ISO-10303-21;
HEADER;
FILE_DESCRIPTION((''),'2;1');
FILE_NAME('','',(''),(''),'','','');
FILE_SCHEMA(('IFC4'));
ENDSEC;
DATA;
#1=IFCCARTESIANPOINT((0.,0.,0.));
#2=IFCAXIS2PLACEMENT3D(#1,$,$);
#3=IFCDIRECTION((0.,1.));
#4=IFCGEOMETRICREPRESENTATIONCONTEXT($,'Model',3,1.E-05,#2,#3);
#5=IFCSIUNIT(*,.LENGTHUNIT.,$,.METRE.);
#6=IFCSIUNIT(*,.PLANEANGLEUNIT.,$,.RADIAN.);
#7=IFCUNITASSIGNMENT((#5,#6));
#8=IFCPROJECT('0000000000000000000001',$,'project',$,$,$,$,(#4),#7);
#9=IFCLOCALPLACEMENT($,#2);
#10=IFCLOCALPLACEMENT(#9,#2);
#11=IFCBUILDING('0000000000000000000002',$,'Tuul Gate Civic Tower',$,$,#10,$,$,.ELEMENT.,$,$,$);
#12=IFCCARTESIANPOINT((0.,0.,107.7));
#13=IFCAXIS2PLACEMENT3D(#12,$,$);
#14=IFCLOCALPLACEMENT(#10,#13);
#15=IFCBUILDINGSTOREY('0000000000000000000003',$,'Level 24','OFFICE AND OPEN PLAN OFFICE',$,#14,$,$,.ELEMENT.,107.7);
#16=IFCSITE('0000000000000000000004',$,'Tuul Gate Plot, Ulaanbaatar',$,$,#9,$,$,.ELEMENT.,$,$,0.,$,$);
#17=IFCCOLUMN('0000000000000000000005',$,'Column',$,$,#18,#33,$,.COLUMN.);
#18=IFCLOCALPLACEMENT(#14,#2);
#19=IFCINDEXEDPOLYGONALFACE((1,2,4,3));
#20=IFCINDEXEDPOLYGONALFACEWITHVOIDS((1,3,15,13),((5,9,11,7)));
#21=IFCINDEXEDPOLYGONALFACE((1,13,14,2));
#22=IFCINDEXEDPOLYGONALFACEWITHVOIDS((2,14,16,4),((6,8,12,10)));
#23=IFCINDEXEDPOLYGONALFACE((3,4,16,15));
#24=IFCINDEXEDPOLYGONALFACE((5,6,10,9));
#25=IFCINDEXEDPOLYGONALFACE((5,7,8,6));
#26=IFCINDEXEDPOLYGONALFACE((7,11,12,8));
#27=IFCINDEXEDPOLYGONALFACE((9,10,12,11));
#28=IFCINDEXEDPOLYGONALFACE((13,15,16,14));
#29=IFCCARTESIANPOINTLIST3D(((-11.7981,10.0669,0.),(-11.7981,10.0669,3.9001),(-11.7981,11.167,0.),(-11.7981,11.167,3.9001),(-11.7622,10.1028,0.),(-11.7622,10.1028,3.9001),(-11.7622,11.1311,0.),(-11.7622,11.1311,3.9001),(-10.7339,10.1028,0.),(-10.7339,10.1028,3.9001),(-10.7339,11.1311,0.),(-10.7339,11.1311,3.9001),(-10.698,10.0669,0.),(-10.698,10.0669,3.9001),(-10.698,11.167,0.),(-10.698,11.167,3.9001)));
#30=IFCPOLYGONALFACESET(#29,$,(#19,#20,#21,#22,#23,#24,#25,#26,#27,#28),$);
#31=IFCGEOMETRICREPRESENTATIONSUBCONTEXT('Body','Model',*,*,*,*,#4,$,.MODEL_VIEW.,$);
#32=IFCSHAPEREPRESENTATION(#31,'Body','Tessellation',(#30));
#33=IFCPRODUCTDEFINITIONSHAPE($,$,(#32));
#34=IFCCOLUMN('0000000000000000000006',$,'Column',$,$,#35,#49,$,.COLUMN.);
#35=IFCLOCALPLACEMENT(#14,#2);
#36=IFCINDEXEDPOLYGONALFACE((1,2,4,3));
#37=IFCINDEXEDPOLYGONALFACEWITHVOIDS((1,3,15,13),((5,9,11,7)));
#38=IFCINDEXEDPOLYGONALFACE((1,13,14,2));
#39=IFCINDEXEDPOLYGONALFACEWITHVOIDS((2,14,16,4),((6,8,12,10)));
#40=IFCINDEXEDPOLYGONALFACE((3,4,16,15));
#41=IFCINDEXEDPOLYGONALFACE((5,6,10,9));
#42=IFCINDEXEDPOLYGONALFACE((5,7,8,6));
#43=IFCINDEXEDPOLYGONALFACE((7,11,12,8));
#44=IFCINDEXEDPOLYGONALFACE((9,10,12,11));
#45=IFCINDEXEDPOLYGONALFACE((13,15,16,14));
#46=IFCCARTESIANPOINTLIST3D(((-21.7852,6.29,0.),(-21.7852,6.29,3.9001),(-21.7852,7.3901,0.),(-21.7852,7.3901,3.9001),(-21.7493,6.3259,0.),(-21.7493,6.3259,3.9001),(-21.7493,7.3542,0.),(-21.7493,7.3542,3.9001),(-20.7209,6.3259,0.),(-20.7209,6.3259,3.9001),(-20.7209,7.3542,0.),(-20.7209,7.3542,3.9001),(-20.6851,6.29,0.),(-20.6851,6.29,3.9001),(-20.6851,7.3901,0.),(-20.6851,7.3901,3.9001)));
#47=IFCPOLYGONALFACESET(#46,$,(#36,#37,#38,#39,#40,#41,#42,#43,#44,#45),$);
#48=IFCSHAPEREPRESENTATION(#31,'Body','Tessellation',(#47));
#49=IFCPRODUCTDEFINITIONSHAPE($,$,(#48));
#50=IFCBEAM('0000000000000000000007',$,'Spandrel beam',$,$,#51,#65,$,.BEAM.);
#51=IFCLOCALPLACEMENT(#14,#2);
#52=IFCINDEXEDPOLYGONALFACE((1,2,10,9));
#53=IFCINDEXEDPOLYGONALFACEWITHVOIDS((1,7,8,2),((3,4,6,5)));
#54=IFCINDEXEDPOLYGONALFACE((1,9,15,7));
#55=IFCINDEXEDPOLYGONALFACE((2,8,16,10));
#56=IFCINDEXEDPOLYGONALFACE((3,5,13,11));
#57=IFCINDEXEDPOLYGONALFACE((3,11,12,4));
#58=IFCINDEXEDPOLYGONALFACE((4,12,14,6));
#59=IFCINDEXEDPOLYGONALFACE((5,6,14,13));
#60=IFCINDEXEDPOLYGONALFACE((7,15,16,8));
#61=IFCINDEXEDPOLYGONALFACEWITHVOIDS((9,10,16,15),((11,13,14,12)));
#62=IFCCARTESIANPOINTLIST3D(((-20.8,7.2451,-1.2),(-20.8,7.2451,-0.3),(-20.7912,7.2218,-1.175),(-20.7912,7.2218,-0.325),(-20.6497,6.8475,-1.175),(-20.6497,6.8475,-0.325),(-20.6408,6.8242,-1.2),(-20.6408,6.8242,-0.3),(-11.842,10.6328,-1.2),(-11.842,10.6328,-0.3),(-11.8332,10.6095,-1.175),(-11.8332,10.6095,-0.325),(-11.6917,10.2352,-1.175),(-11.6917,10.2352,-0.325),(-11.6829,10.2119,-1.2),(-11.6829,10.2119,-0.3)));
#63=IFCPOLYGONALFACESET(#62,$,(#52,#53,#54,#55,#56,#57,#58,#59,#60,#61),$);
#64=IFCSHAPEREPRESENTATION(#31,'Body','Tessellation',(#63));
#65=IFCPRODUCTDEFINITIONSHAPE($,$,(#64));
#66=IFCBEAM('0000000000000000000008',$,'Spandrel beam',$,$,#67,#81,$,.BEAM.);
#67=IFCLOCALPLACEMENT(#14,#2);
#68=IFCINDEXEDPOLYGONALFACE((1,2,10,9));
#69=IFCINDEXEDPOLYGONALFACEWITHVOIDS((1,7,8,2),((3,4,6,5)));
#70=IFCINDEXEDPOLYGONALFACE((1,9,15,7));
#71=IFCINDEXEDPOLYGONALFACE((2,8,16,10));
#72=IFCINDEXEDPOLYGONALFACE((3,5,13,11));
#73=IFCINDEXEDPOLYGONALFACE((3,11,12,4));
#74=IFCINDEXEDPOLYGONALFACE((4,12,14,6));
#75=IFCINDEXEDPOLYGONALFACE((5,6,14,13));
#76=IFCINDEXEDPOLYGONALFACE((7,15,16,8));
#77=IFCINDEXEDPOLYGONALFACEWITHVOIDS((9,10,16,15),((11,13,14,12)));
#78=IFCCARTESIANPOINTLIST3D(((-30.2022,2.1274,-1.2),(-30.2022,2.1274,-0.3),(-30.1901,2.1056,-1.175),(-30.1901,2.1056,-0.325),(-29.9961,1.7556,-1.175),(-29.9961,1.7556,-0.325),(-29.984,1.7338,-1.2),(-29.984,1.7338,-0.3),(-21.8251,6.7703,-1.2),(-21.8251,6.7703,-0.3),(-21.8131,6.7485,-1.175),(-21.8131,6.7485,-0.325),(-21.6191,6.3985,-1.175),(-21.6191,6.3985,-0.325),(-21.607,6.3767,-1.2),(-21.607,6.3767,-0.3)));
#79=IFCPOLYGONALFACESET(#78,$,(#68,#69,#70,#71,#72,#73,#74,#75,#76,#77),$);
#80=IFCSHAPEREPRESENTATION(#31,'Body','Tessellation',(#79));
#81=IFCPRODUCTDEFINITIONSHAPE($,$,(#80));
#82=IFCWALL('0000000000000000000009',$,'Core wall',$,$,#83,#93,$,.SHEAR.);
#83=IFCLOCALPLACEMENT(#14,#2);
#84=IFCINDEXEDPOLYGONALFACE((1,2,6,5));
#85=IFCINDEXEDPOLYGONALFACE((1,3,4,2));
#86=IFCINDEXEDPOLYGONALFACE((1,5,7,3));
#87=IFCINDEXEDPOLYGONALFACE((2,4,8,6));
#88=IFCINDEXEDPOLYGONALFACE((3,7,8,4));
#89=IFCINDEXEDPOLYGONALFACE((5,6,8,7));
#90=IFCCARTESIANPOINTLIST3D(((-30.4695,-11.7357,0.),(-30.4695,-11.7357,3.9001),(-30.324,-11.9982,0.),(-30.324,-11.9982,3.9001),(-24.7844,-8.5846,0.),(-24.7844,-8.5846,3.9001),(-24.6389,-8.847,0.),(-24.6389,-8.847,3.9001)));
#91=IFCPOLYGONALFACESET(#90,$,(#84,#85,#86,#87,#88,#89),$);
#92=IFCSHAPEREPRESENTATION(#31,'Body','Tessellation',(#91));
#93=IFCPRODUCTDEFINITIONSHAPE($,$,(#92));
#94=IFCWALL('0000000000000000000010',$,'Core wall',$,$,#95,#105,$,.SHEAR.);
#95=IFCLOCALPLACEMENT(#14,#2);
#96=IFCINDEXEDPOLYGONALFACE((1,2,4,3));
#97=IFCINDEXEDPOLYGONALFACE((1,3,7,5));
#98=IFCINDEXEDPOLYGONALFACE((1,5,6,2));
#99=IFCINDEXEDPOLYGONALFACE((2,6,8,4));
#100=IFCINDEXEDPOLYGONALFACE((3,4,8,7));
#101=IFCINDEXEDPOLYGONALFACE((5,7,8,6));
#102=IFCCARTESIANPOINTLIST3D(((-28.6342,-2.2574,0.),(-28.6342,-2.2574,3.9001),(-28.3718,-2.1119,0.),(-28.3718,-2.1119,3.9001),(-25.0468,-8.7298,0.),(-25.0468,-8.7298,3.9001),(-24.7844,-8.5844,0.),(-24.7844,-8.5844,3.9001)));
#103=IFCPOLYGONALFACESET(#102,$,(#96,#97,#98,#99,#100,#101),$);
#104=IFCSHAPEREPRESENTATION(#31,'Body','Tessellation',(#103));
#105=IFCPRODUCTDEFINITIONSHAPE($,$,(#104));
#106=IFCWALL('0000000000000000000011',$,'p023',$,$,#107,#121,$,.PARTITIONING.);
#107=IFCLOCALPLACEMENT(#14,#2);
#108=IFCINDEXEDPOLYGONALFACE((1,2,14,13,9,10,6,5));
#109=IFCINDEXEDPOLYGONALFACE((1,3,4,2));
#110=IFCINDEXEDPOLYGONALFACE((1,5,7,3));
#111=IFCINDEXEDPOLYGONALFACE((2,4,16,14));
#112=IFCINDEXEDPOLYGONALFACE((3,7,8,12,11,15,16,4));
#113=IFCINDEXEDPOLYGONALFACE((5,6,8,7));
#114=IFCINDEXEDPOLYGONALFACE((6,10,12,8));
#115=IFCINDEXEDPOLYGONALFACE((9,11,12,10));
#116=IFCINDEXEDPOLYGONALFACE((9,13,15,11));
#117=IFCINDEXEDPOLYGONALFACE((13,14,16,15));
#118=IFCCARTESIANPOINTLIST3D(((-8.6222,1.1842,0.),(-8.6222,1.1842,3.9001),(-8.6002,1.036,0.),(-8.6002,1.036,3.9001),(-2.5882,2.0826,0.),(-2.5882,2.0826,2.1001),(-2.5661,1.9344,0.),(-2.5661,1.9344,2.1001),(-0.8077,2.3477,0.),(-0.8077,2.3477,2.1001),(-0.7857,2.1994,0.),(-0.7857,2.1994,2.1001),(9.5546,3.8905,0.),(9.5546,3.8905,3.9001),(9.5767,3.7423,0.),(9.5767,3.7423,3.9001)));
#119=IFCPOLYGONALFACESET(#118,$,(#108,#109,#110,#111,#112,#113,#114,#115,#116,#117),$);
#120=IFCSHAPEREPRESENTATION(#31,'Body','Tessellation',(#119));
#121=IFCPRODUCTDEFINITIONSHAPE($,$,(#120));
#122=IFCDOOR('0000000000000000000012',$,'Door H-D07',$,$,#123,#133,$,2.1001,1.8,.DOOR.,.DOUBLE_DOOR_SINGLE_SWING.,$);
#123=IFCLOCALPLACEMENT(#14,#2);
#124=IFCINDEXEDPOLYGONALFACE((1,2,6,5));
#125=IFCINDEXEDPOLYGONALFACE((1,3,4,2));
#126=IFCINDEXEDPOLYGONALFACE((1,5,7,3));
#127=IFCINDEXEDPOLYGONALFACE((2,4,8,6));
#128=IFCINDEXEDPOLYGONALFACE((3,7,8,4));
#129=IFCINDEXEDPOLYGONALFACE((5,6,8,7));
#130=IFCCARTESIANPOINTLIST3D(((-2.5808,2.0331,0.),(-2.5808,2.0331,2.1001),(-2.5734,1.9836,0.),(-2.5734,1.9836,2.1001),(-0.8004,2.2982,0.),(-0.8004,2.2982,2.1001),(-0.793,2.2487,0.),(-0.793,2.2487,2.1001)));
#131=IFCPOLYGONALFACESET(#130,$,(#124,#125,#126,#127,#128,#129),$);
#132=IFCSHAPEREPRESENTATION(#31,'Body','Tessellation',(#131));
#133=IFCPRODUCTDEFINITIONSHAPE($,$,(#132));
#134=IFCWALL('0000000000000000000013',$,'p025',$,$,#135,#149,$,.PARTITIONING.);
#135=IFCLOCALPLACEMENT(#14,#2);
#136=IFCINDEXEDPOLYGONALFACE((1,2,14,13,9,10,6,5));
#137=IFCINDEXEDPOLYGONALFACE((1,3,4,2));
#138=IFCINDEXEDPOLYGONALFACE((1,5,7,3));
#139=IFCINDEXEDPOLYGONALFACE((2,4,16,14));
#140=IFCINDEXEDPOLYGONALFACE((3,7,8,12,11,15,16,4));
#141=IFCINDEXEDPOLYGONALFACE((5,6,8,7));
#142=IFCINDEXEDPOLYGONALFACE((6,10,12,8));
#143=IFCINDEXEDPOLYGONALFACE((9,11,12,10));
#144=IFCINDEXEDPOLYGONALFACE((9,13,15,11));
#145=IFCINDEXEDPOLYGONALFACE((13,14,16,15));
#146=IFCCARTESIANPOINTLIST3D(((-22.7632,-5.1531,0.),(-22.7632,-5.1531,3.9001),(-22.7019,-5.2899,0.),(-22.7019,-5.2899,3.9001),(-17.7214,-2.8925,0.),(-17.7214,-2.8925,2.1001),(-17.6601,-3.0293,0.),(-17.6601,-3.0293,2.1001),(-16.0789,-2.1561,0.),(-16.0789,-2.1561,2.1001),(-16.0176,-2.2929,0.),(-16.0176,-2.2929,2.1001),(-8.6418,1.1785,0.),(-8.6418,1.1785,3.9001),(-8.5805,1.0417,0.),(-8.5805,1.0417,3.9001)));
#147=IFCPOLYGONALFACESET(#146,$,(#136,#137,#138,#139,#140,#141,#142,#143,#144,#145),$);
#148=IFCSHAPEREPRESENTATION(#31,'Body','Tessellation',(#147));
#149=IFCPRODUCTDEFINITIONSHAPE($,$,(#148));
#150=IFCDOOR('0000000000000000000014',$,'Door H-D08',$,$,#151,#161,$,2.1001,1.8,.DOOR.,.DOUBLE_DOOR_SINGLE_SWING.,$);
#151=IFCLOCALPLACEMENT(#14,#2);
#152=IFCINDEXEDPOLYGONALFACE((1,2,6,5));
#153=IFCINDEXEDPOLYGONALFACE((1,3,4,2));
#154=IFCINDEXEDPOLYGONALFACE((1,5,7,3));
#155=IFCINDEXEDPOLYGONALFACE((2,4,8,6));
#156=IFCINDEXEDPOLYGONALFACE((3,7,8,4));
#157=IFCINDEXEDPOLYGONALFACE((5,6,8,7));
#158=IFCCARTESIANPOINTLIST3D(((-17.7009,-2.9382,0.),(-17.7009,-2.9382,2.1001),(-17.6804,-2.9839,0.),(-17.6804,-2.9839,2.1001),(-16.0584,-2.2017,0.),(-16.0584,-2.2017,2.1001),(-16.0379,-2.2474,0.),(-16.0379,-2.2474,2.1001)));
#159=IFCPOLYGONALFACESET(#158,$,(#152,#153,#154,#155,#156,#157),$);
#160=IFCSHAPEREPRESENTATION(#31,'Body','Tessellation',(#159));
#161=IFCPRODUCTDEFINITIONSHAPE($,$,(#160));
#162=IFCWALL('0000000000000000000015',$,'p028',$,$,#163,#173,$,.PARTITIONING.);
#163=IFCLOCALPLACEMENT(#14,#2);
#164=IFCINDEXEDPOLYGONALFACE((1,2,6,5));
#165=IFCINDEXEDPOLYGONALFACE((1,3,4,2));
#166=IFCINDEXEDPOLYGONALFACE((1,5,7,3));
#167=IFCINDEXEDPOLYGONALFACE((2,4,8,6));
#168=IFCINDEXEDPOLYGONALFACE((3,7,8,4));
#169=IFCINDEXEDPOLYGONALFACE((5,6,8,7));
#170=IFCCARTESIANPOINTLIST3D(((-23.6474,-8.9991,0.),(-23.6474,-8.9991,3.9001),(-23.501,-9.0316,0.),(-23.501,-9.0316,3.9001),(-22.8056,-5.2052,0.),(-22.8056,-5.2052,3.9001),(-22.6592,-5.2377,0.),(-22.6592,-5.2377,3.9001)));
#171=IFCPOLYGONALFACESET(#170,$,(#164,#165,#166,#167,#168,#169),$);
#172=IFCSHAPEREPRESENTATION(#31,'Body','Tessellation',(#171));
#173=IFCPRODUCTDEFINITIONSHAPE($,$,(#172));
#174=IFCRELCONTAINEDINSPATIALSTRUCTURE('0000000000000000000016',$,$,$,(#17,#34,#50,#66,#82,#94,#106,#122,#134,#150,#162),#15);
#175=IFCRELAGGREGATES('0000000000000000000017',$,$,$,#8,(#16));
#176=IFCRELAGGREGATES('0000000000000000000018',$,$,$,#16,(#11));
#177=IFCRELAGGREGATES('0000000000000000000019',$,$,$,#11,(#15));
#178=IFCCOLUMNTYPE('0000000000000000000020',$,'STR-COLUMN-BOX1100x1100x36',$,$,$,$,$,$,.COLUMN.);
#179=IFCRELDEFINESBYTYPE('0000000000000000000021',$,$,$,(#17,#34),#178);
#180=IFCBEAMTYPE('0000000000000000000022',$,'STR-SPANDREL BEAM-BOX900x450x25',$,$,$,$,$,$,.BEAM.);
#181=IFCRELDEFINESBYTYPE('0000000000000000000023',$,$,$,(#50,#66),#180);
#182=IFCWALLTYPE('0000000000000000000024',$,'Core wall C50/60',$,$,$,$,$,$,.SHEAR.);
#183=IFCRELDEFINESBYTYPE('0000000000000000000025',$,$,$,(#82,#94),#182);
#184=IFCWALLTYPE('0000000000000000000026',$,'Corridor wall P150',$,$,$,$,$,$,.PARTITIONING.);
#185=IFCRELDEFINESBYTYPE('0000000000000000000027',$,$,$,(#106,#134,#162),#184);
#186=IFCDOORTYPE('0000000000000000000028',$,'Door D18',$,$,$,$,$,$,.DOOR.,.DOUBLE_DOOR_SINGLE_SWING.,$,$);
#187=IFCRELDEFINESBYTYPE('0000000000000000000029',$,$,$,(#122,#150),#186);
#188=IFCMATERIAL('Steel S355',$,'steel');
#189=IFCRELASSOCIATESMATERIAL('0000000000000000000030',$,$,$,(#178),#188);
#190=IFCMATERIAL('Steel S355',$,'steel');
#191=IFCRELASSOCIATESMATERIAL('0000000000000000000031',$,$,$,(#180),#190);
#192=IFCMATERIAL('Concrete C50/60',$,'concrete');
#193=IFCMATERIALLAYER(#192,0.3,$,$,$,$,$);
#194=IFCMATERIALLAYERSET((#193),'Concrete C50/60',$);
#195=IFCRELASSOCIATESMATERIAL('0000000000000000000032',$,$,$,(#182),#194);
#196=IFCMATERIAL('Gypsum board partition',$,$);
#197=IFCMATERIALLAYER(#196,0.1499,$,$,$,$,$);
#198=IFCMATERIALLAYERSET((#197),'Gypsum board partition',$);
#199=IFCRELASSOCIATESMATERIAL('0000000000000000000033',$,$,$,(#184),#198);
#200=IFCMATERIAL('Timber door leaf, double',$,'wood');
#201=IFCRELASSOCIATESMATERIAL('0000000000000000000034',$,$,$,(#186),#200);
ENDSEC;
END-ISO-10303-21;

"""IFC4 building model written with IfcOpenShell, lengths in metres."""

from ifc_helpers import new_model, si_unit, direction, frame, frame_2d, origin, origin_2d, place, context, subcontext, project, spatial, rectangle, hollow_rectangle, extrude, material, layer, layer_set, material_profile, profile_set, type_object, element, fill, save


model = new_model("IFC4")

# Units and contexts
model_context = context("Model", 3, precision=1e-05, world=origin(), true_north=direction((0.0, 1.0)))
body_context = subcontext(model_context, "Body", "Model", "MODEL_VIEW")
ifc_project = project(units=[si_unit("LENGTHUNIT", "METRE"), si_unit("PLANEANGLEUNIT", "RADIAN")], contexts=[model_context])

# Site, building, storey
site_placement = place(None, origin())
site = spatial("IfcSite", under=ifc_project, at=site_placement, Name="Tuul Gate Plot, Ulaanbaatar", CompositionType="ELEMENT", RefElevation=0.0)
building_placement = place(site_placement, origin())
building = spatial("IfcBuilding", under=site, at=building_placement, Name="Tuul Gate Civic Tower", CompositionType="ELEMENT")
storey_placement = place(building_placement, frame((0.0, 0.0, 107.7)))
storey = spatial("IfcBuildingStorey", under=building, at=storey_placement, Name="Level 24", Description="OFFICE AND OPEN PLAN OFFICE", CompositionType="ELEMENT", Elevation=107.7)

# Columns
ifc_material_1 = material(Name="Steel S355", Category="steel")
ifc_material_profile_1 = material_profile(ifc_material_1, hollow_rectangle(XDim=1.1001, YDim=1.1001, WallThickness=0.0359, at=origin_2d()), Name="BOX1100x1100x36")
ifc_profile_set_1 = profile_set([ifc_material_profile_1], Name="Steel S355")
column_type = type_object("IfcColumnType", Name="STR-COLUMN-BOX1100x1100x36", PredefinedType="COLUMN", material=ifc_profile_set_1)
for number, where, z_axis, x_axis, name in (
    (1, (-11.248, 10.6169, 0.0), (0.0, 0.0, 1.0), (1.0, 0.0, 0.0), "Column"),
    (2, (-21.2351, 6.8401, 0.0), (0.0, 0.0, 1.0), (1.0, 0.0, 0.0), "Column"),
):
    element("IfcColumn", number, at=place(storey_placement, frame(where, z_axis=z_axis, x_axis=x_axis)), inside=storey, type_object=column_type, Name=name, PredefinedType="COLUMN", context=body_context, shape_type="SweptSolid", body=[
        extrude(hollow_rectangle(XDim=1.1001, YDim=1.1001, WallThickness=0.0359, at=origin_2d()), origin(), (0.0, 0.0, 1.0), 3.9001),
    ])

# Beams
ifc_material_2 = material(Name="Steel S355", Category="steel")
ifc_material_profile_2 = material_profile(ifc_material_2, hollow_rectangle(XDim=0.45, YDim=0.8999, WallThickness=0.0249, at=origin_2d()), Name="BOX900x450x25")
ifc_profile_set_2 = profile_set([ifc_material_profile_2], Name="Steel S355")
beam_type = type_object("IfcBeamType", Name="STR-SPANDREL BEAM-BOX900x450x25", PredefinedType="BEAM", material=ifc_profile_set_2)
beam_1_placement = place(storey_placement, frame((-11.7625, 10.4224, -0.75), z_axis=(-0.935349, -0.353726, 0.0), x_axis=(0.353726, -0.935349, 0.0)))
element("IfcBeam", 3, at=beam_1_placement, inside=storey, type_object=beam_type, Name="Spandrel beam", PredefinedType="BEAM", context=body_context, shape_type="SweptSolid", body=[
    extrude(hollow_rectangle(XDim=0.45, YDim=0.8999, WallThickness=0.0249, at=origin_2d()), origin(), (0.0, 0.0, 1.0), 9.5771),
])
beam_2_placement = place(storey_placement, frame((-21.7161, 6.5735, -0.75), z_axis=(-0.874646, -0.484762, 0.0), x_axis=(0.484762, -0.874646, 0.0)))
element("IfcBeam", 4, at=beam_2_placement, inside=storey, type_object=beam_type, Name="Spandrel beam", PredefinedType="BEAM", context=body_context, shape_type="SweptSolid", body=[
    extrude(hollow_rectangle(XDim=0.45, YDim=0.8999, WallThickness=0.0249, at=origin_2d()), origin(), (0.0, 0.0, 1.0), 9.5776),
])

# Walls
ifc_material_3 = material(Name="Concrete C50/60", Category="concrete")
ifc_layer_1 = layer(ifc_material_3, 0.3)
ifc_layer_set_1 = layer_set([ifc_layer_1], Name="Concrete C50/60")
wall_type_1 = type_object("IfcWallType", Name="Core wall C50/60", PredefinedType="SHEAR", material=ifc_layer_set_1)
wall_1_placement = place(storey_placement, frame((-24.7117, -8.7158, 0.0), z_axis=(0.0, 0.0, 1.0), x_axis=(-0.87463, -0.484791, 0.0)))
element("IfcWall", 5, at=wall_1_placement, inside=storey, type_object=wall_type_1, Name="Core wall", PredefinedType="SHEAR", context=body_context, shape_type="SweptSolid", body=[
    extrude(rectangle(XDim=6.5, YDim=0.3, at=frame_2d((3.25, 0.0))), origin(), (0.0, 0.0, 1.0), 3.9001),
])
wall_2_placement = place(storey_placement, frame((-24.9155, -8.6572, 0.0), z_axis=(0.0, 0.0, 1.0), x_axis=(-0.484777, 0.874638, 0.0)))
element("IfcWall", 6, at=wall_2_placement, inside=storey, type_object=wall_type_1, Name="Core wall", PredefinedType="SHEAR", context=body_context, shape_type="SweptSolid", body=[
    extrude(rectangle(XDim=7.4001, YDim=0.3, at=frame_2d((3.7002, 0.0))), origin(), (0.0, 0.0, 1.0), 3.9001),
])

# Walls, openings, doors
ifc_material_4 = material(Name="Gypsum board partition")
ifc_layer_2 = layer(ifc_material_4, 0.1499)
ifc_layer_set_2 = layer_set([ifc_layer_2], Name="Gypsum board partition")
wall_type_2 = type_object("IfcWallType", Name="Corridor wall P150", PredefinedType="PARTITIONING", material=ifc_layer_set_2)
wall_3_placement = place(storey_placement, frame((-8.6111, 1.1101, 0.0), z_axis=(0.0, 0.0, 1.0), x_axis=(0.989097, 0.147265, 0.0)))
wall_3 = element("IfcWall", 7, at=wall_3_placement, inside=storey, type_object=wall_type_2, Name="p023", PredefinedType="PARTITIONING", context=body_context, shape_type="SweptSolid", body=[
    extrude(rectangle(XDim=18.3772, YDim=0.1499, at=frame_2d((9.1885, 0.0))), origin(), (0.0, 0.0, 1.0), 3.9001),
])
opening_1_placement = place(wall_3_placement, frame((6.1006, 0.0, 0.0)))
opening_1 = element("IfcOpeningElement", 8, at=opening_1_placement, cuts=wall_3, PredefinedType="OPENING", context=body_context, shape_type="SweptSolid", body=[
    extrude(rectangle(XDim=1.8, YDim=2.1001, at=frame_2d((0.8999, 1.05))), frame((0.0, 0.085, 0.0), z_axis=(0.0, -1.0, 0.0), x_axis=(1.0, 0.0, 0.0)), (0.0, 0.0, 1.0), 0.1699),
])
ifc_material_5 = material(Name="Timber door leaf, double", Category="wood")
door_type = type_object("IfcDoorType", Name="Door D18", OperationType="DOUBLE_DOOR_SINGLE_SWING", PredefinedType="DOOR", material=ifc_material_5)
door_1_placement = place(opening_1_placement, origin())
door_1 = element("IfcDoor", 9, at=door_1_placement, inside=storey, type_object=door_type, Name="Door H-D07", OperationType="DOUBLE_DOOR_SINGLE_SWING", OverallHeight=2.1001, OverallWidth=1.8, PredefinedType="DOOR", context=body_context, shape_type="SweptSolid", body=[
    extrude(rectangle(XDim=1.8, YDim=2.1001, at=frame_2d((0.8999, 1.05))), frame((0.0, 0.0249, 0.0), z_axis=(0.0, -1.0, 0.0), x_axis=(1.0, 0.0, 0.0)), (0.0, 0.0, 1.0), 0.05),
])
fill(opening_1, door_1)
wall_4_placement = place(storey_placement, frame((-22.7324, -5.2214, 0.0), z_axis=(0.0, 0.0, 1.0), x_axis=(0.912478, 0.409125, 0.0)))
wall_4 = element("IfcWall", 10, at=wall_4_placement, inside=storey, type_object=wall_type_2, Name="p025", PredefinedType="PARTITIONING", context=body_context, shape_type="SweptSolid", body=[
    extrude(rectangle(XDim=15.4758, YDim=0.1499, at=frame_2d((7.7378, 0.0))), origin(), (0.0, 0.0, 1.0), 3.9001),
])
opening_2_placement = place(wall_4_placement, frame((5.5254, 0.0, 0.0)))
opening_2 = element("IfcOpeningElement", 11, at=opening_2_placement, cuts=wall_4, PredefinedType="OPENING", context=body_context, shape_type="SweptSolid", body=[
    extrude(rectangle(XDim=1.8, YDim=2.1001, at=frame_2d((0.8999, 1.05))), frame((0.0, 0.085, 0.0), z_axis=(0.0, -1.0, 0.0), x_axis=(1.0, 0.0, 0.0)), (0.0, 0.0, 1.0), 0.1699),
])
door_2_placement = place(opening_2_placement, origin())
door_2 = element("IfcDoor", 12, at=door_2_placement, inside=storey, type_object=door_type, Name="Door H-D08", OperationType="DOUBLE_DOOR_SINGLE_SWING", OverallHeight=2.1001, OverallWidth=1.8, PredefinedType="DOOR", context=body_context, shape_type="SweptSolid", body=[
    extrude(rectangle(XDim=1.8, YDim=2.1001, at=frame_2d((0.8999, 1.05))), frame((0.0, 0.0249, 0.0), z_axis=(0.0, -1.0, 0.0), x_axis=(1.0, 0.0, 0.0)), (0.0, 0.0, 1.0), 0.05),
])
fill(opening_2, door_2)

# Wall
wall_5_placement = place(storey_placement, frame((-23.5742, -9.0154, 0.0), z_axis=(0.0, 0.0, 1.0), x_axis=(0.216611, 0.976258, 0.0)))
element("IfcWall", 13, at=wall_5_placement, inside=storey, type_object=wall_type_2, Name="p028", PredefinedType="PARTITIONING", context=body_context, shape_type="SweptSolid", body=[
    extrude(rectangle(XDim=3.8862, YDim=0.1499, at=frame_2d((1.9431, 0.0))), origin(), (0.0, 0.0, 1.0), 3.9001),
])

save(model, "model.ifc")
